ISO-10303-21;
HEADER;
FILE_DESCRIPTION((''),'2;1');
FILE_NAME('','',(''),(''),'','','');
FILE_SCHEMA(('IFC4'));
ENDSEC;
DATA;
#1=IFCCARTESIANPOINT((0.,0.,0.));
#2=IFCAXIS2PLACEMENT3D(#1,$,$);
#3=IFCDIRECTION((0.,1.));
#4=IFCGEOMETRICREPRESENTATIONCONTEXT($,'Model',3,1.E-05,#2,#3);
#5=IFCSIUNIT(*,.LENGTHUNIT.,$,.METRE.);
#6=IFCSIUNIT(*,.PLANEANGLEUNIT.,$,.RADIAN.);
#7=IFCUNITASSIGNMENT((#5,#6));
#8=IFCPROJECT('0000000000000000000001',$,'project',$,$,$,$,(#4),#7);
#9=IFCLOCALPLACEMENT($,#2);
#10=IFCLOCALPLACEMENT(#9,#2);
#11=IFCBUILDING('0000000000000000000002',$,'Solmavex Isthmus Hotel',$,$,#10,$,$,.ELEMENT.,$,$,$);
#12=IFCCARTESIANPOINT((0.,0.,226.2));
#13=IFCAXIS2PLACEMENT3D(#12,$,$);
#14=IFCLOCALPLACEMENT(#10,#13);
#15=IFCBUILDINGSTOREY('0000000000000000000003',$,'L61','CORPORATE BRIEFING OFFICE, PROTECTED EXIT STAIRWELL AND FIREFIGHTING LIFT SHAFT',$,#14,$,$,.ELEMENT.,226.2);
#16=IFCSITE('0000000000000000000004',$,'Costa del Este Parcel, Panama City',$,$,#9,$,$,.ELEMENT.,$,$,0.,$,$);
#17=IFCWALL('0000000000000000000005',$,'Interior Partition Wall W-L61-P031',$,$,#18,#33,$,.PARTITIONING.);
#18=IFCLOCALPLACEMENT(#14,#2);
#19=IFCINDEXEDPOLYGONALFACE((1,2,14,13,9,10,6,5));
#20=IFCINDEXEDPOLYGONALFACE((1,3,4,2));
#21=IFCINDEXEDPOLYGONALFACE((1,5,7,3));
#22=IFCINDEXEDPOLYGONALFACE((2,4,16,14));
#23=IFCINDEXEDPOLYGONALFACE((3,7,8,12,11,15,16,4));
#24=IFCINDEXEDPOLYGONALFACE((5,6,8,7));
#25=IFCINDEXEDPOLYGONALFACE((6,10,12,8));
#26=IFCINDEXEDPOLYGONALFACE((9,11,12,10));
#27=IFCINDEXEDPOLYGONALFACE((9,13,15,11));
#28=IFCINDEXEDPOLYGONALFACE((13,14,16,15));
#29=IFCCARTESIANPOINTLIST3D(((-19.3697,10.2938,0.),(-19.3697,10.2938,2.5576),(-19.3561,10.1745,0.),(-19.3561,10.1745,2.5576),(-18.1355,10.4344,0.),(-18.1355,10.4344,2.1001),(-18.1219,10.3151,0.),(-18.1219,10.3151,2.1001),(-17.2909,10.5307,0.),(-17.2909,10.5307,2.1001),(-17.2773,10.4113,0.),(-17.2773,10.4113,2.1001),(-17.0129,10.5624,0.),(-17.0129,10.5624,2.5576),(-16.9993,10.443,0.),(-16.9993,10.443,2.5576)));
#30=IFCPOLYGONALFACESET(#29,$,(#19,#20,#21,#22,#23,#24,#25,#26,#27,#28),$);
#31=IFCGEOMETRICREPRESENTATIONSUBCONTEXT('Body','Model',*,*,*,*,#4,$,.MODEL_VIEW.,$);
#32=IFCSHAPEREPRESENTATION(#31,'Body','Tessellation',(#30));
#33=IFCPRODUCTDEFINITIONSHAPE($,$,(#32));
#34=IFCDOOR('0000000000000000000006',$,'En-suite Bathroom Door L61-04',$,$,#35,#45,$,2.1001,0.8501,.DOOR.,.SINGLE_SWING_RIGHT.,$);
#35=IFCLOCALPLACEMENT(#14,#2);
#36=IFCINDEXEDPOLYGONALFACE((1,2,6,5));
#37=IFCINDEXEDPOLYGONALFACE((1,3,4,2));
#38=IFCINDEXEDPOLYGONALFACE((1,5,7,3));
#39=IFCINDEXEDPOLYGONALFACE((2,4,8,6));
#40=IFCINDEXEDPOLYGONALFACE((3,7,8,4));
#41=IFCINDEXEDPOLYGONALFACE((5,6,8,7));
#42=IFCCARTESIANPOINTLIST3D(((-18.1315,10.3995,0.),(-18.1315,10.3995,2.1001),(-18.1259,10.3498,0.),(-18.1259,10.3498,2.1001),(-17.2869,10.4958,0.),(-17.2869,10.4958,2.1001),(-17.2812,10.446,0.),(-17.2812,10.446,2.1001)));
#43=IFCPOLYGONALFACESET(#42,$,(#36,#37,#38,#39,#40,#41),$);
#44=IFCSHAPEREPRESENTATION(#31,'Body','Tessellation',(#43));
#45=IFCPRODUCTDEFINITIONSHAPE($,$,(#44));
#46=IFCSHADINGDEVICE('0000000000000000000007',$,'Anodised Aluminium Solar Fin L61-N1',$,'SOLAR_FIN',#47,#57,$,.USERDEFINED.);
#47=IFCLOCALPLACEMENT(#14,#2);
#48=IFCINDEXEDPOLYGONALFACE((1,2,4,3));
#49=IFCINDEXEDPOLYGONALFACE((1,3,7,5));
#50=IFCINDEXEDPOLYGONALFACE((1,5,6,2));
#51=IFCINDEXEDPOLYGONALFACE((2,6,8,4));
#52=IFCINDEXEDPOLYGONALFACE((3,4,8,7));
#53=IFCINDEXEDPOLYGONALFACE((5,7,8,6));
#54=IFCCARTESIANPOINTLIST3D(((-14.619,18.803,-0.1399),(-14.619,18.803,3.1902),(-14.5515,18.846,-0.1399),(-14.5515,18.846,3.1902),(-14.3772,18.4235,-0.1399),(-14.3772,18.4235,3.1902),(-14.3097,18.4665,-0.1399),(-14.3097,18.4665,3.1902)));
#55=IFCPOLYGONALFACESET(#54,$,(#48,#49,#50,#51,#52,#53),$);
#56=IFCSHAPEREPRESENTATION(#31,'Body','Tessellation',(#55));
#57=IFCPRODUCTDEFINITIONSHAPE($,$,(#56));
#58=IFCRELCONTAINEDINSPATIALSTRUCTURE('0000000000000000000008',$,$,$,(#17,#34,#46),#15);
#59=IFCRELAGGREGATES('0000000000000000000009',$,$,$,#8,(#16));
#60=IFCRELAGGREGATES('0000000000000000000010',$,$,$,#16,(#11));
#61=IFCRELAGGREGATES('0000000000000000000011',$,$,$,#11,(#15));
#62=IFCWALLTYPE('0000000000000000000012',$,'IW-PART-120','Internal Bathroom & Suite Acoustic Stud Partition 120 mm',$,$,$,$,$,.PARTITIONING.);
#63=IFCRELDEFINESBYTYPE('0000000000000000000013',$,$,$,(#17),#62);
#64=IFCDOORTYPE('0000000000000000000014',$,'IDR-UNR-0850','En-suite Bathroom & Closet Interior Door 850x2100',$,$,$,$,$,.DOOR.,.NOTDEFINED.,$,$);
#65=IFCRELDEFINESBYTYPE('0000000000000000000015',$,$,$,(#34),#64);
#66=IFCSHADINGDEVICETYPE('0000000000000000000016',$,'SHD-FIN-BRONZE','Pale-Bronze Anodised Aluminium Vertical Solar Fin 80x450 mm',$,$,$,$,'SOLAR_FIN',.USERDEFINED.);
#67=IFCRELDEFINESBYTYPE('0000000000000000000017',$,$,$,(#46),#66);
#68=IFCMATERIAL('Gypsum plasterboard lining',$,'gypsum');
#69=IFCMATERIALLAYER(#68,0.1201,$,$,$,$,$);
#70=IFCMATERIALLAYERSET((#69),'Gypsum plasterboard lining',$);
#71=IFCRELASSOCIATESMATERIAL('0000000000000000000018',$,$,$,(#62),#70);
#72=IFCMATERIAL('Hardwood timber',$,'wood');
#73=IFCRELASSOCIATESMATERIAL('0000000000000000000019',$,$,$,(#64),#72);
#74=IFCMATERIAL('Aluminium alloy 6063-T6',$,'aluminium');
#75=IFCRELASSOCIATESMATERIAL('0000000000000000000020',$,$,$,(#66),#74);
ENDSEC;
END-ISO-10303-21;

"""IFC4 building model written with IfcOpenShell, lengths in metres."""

from ifc_helpers import new_model, si_unit, direction, frame, frame_2d, origin, origin_2d, place, context, subcontext, project, spatial, rectangle, extrude, material, layer, layer_set, type_object, element, fill, save


model = new_model("IFC4")

# Units and contexts
model_context = context("Model", 3, precision=1e-05, world=origin(), true_north=direction((0.0, 1.0)))
body_context = subcontext(model_context, "Body", "Model", "MODEL_VIEW")
ifc_project = project(units=[si_unit("LENGTHUNIT", "METRE"), si_unit("PLANEANGLEUNIT", "RADIAN")], contexts=[model_context])

# Site, building, storey
site_placement = place(None, origin())
site = spatial("IfcSite", under=ifc_project, at=site_placement, Name="Costa del Este Parcel, Panama City", CompositionType="ELEMENT", RefElevation=0.0)
building_placement = place(site_placement, origin())
building = spatial("IfcBuilding", under=site, at=building_placement, Name="Solmavex Isthmus Hotel", CompositionType="ELEMENT")
storey_placement = place(building_placement, frame((0.0, 0.0, 226.2)))
storey = spatial("IfcBuildingStorey", under=building, at=storey_placement, Name="L61", Description="CORPORATE BRIEFING OFFICE, PROTECTED EXIT STAIRWELL AND FIREFIGHTING LIFT SHAFT", CompositionType="ELEMENT", Elevation=226.2)

# Shared definitions
ifc_material_1 = material(Name="Aluminium alloy 6063-T6", Category="aluminium")

# Shared definitions
ifc_material_2 = material(Name="Gypsum plasterboard lining", Category="gypsum")
ifc_material_3 = material(Name="Hardwood timber", Category="wood")

# Shared definitions
ifc_layer_1 = layer(ifc_material_2, 0.1201)
ifc_layer_set_1 = layer_set([ifc_layer_1], Name="Gypsum plasterboard lining")
wall_type_1 = type_object("IfcWallType", Name="IW-PART-120", Description="Internal Bathroom & Suite Acoustic Stud Partition 120 mm", PredefinedType="PARTITIONING", material=ifc_layer_set_1)

# Wall, opening, door
wall_1_placement = place(storey_placement, frame((-17.0061, 10.5027, 0.0), z_axis=(0.0, 0.0, 1.0), x_axis=(-0.993571, -0.11321, 0.0)))
wall_1 = element("IfcWall", 1, at=wall_1_placement, inside=storey, type_object=wall_type_1, Name="Interior Partition Wall W-L61-P031", PredefinedType="PARTITIONING", context=body_context, shape_type="SweptSolid", body=[
    extrude(rectangle(XDim=2.3721, YDim=0.1201, at=frame_2d((1.186, 0.0))), origin(), (0.0, 0.0, 1.0), 2.5576),
])
opening_1_placement = place(wall_1_placement, frame((0.2798, 0.0, 0.0)))
opening_1 = element("IfcOpeningElement", 2, at=opening_1_placement, cuts=wall_1, PredefinedType="OPENING", context=body_context, shape_type="SweptSolid", body=[
    extrude(rectangle(XDim=0.8501, YDim=2.1001, at=frame_2d((0.425, 1.05))), frame((0.0, 0.0701, 0.0), z_axis=(0.0, -1.0, 0.0), x_axis=(1.0, 0.0, 0.0)), (0.0, 0.0, 1.0), 0.1401),
])
door_type_1 = type_object("IfcDoorType", Name="IDR-UNR-0850", Description="En-suite Bathroom & Closet Interior Door 850x2100", OperationType="NOTDEFINED", PredefinedType="DOOR", material=ifc_material_3)
door_1_placement = place(opening_1_placement, frame((0.8501, 0.0, 0.0), z_axis=(0.0, 0.0, 1.0), x_axis=(-1.0, 0.0, 0.0)))
door_1 = element("IfcDoor", 3, at=door_1_placement, inside=storey, type_object=door_type_1, Name="En-suite Bathroom Door L61-04", OperationType="SINGLE_SWING_RIGHT", OverallHeight=2.1001, OverallWidth=0.8501, PredefinedType="DOOR", context=body_context, shape_type="SweptSolid", body=[
    extrude(rectangle(XDim=0.8501, YDim=2.1001, at=frame_2d((0.425, 1.05))), frame((0.0, 0.0249, 0.0), z_axis=(0.0, -1.0, 0.0), x_axis=(1.0, 0.0, 0.0)), (0.0, 0.0, 1.0), 0.05),
])
fill(opening_1, door_1)

# Shading device
shading_device_type = type_object("IfcShadingDeviceType", Name="SHD-FIN-BRONZE", Description="Pale-Bronze Anodised Aluminium Vertical Solar Fin 80x450 mm", ElementType="SOLAR_FIN", PredefinedType="USERDEFINED", material=ifc_material_1)
shading_device_placement = place(storey_placement, frame((-14.4644, 18.6348, -0.1399), z_axis=(0.0, 0.0, 1.0), x_axis=(-0.5373, 0.843391, 0.0)))
element("IfcShadingDevice", 4, at=shading_device_placement, inside=storey, type_object=shading_device_type, Name="Anodised Aluminium Solar Fin L61-N1", ObjectType="SOLAR_FIN", PredefinedType="USERDEFINED", context=body_context, shape_type="SweptSolid", body=[
    extrude(rectangle(XDim=0.45, YDim=0.0801, at=origin_2d()), origin(), (0.0, 0.0, 1.0), 3.3301),
])

save(model, "model.ifc")
